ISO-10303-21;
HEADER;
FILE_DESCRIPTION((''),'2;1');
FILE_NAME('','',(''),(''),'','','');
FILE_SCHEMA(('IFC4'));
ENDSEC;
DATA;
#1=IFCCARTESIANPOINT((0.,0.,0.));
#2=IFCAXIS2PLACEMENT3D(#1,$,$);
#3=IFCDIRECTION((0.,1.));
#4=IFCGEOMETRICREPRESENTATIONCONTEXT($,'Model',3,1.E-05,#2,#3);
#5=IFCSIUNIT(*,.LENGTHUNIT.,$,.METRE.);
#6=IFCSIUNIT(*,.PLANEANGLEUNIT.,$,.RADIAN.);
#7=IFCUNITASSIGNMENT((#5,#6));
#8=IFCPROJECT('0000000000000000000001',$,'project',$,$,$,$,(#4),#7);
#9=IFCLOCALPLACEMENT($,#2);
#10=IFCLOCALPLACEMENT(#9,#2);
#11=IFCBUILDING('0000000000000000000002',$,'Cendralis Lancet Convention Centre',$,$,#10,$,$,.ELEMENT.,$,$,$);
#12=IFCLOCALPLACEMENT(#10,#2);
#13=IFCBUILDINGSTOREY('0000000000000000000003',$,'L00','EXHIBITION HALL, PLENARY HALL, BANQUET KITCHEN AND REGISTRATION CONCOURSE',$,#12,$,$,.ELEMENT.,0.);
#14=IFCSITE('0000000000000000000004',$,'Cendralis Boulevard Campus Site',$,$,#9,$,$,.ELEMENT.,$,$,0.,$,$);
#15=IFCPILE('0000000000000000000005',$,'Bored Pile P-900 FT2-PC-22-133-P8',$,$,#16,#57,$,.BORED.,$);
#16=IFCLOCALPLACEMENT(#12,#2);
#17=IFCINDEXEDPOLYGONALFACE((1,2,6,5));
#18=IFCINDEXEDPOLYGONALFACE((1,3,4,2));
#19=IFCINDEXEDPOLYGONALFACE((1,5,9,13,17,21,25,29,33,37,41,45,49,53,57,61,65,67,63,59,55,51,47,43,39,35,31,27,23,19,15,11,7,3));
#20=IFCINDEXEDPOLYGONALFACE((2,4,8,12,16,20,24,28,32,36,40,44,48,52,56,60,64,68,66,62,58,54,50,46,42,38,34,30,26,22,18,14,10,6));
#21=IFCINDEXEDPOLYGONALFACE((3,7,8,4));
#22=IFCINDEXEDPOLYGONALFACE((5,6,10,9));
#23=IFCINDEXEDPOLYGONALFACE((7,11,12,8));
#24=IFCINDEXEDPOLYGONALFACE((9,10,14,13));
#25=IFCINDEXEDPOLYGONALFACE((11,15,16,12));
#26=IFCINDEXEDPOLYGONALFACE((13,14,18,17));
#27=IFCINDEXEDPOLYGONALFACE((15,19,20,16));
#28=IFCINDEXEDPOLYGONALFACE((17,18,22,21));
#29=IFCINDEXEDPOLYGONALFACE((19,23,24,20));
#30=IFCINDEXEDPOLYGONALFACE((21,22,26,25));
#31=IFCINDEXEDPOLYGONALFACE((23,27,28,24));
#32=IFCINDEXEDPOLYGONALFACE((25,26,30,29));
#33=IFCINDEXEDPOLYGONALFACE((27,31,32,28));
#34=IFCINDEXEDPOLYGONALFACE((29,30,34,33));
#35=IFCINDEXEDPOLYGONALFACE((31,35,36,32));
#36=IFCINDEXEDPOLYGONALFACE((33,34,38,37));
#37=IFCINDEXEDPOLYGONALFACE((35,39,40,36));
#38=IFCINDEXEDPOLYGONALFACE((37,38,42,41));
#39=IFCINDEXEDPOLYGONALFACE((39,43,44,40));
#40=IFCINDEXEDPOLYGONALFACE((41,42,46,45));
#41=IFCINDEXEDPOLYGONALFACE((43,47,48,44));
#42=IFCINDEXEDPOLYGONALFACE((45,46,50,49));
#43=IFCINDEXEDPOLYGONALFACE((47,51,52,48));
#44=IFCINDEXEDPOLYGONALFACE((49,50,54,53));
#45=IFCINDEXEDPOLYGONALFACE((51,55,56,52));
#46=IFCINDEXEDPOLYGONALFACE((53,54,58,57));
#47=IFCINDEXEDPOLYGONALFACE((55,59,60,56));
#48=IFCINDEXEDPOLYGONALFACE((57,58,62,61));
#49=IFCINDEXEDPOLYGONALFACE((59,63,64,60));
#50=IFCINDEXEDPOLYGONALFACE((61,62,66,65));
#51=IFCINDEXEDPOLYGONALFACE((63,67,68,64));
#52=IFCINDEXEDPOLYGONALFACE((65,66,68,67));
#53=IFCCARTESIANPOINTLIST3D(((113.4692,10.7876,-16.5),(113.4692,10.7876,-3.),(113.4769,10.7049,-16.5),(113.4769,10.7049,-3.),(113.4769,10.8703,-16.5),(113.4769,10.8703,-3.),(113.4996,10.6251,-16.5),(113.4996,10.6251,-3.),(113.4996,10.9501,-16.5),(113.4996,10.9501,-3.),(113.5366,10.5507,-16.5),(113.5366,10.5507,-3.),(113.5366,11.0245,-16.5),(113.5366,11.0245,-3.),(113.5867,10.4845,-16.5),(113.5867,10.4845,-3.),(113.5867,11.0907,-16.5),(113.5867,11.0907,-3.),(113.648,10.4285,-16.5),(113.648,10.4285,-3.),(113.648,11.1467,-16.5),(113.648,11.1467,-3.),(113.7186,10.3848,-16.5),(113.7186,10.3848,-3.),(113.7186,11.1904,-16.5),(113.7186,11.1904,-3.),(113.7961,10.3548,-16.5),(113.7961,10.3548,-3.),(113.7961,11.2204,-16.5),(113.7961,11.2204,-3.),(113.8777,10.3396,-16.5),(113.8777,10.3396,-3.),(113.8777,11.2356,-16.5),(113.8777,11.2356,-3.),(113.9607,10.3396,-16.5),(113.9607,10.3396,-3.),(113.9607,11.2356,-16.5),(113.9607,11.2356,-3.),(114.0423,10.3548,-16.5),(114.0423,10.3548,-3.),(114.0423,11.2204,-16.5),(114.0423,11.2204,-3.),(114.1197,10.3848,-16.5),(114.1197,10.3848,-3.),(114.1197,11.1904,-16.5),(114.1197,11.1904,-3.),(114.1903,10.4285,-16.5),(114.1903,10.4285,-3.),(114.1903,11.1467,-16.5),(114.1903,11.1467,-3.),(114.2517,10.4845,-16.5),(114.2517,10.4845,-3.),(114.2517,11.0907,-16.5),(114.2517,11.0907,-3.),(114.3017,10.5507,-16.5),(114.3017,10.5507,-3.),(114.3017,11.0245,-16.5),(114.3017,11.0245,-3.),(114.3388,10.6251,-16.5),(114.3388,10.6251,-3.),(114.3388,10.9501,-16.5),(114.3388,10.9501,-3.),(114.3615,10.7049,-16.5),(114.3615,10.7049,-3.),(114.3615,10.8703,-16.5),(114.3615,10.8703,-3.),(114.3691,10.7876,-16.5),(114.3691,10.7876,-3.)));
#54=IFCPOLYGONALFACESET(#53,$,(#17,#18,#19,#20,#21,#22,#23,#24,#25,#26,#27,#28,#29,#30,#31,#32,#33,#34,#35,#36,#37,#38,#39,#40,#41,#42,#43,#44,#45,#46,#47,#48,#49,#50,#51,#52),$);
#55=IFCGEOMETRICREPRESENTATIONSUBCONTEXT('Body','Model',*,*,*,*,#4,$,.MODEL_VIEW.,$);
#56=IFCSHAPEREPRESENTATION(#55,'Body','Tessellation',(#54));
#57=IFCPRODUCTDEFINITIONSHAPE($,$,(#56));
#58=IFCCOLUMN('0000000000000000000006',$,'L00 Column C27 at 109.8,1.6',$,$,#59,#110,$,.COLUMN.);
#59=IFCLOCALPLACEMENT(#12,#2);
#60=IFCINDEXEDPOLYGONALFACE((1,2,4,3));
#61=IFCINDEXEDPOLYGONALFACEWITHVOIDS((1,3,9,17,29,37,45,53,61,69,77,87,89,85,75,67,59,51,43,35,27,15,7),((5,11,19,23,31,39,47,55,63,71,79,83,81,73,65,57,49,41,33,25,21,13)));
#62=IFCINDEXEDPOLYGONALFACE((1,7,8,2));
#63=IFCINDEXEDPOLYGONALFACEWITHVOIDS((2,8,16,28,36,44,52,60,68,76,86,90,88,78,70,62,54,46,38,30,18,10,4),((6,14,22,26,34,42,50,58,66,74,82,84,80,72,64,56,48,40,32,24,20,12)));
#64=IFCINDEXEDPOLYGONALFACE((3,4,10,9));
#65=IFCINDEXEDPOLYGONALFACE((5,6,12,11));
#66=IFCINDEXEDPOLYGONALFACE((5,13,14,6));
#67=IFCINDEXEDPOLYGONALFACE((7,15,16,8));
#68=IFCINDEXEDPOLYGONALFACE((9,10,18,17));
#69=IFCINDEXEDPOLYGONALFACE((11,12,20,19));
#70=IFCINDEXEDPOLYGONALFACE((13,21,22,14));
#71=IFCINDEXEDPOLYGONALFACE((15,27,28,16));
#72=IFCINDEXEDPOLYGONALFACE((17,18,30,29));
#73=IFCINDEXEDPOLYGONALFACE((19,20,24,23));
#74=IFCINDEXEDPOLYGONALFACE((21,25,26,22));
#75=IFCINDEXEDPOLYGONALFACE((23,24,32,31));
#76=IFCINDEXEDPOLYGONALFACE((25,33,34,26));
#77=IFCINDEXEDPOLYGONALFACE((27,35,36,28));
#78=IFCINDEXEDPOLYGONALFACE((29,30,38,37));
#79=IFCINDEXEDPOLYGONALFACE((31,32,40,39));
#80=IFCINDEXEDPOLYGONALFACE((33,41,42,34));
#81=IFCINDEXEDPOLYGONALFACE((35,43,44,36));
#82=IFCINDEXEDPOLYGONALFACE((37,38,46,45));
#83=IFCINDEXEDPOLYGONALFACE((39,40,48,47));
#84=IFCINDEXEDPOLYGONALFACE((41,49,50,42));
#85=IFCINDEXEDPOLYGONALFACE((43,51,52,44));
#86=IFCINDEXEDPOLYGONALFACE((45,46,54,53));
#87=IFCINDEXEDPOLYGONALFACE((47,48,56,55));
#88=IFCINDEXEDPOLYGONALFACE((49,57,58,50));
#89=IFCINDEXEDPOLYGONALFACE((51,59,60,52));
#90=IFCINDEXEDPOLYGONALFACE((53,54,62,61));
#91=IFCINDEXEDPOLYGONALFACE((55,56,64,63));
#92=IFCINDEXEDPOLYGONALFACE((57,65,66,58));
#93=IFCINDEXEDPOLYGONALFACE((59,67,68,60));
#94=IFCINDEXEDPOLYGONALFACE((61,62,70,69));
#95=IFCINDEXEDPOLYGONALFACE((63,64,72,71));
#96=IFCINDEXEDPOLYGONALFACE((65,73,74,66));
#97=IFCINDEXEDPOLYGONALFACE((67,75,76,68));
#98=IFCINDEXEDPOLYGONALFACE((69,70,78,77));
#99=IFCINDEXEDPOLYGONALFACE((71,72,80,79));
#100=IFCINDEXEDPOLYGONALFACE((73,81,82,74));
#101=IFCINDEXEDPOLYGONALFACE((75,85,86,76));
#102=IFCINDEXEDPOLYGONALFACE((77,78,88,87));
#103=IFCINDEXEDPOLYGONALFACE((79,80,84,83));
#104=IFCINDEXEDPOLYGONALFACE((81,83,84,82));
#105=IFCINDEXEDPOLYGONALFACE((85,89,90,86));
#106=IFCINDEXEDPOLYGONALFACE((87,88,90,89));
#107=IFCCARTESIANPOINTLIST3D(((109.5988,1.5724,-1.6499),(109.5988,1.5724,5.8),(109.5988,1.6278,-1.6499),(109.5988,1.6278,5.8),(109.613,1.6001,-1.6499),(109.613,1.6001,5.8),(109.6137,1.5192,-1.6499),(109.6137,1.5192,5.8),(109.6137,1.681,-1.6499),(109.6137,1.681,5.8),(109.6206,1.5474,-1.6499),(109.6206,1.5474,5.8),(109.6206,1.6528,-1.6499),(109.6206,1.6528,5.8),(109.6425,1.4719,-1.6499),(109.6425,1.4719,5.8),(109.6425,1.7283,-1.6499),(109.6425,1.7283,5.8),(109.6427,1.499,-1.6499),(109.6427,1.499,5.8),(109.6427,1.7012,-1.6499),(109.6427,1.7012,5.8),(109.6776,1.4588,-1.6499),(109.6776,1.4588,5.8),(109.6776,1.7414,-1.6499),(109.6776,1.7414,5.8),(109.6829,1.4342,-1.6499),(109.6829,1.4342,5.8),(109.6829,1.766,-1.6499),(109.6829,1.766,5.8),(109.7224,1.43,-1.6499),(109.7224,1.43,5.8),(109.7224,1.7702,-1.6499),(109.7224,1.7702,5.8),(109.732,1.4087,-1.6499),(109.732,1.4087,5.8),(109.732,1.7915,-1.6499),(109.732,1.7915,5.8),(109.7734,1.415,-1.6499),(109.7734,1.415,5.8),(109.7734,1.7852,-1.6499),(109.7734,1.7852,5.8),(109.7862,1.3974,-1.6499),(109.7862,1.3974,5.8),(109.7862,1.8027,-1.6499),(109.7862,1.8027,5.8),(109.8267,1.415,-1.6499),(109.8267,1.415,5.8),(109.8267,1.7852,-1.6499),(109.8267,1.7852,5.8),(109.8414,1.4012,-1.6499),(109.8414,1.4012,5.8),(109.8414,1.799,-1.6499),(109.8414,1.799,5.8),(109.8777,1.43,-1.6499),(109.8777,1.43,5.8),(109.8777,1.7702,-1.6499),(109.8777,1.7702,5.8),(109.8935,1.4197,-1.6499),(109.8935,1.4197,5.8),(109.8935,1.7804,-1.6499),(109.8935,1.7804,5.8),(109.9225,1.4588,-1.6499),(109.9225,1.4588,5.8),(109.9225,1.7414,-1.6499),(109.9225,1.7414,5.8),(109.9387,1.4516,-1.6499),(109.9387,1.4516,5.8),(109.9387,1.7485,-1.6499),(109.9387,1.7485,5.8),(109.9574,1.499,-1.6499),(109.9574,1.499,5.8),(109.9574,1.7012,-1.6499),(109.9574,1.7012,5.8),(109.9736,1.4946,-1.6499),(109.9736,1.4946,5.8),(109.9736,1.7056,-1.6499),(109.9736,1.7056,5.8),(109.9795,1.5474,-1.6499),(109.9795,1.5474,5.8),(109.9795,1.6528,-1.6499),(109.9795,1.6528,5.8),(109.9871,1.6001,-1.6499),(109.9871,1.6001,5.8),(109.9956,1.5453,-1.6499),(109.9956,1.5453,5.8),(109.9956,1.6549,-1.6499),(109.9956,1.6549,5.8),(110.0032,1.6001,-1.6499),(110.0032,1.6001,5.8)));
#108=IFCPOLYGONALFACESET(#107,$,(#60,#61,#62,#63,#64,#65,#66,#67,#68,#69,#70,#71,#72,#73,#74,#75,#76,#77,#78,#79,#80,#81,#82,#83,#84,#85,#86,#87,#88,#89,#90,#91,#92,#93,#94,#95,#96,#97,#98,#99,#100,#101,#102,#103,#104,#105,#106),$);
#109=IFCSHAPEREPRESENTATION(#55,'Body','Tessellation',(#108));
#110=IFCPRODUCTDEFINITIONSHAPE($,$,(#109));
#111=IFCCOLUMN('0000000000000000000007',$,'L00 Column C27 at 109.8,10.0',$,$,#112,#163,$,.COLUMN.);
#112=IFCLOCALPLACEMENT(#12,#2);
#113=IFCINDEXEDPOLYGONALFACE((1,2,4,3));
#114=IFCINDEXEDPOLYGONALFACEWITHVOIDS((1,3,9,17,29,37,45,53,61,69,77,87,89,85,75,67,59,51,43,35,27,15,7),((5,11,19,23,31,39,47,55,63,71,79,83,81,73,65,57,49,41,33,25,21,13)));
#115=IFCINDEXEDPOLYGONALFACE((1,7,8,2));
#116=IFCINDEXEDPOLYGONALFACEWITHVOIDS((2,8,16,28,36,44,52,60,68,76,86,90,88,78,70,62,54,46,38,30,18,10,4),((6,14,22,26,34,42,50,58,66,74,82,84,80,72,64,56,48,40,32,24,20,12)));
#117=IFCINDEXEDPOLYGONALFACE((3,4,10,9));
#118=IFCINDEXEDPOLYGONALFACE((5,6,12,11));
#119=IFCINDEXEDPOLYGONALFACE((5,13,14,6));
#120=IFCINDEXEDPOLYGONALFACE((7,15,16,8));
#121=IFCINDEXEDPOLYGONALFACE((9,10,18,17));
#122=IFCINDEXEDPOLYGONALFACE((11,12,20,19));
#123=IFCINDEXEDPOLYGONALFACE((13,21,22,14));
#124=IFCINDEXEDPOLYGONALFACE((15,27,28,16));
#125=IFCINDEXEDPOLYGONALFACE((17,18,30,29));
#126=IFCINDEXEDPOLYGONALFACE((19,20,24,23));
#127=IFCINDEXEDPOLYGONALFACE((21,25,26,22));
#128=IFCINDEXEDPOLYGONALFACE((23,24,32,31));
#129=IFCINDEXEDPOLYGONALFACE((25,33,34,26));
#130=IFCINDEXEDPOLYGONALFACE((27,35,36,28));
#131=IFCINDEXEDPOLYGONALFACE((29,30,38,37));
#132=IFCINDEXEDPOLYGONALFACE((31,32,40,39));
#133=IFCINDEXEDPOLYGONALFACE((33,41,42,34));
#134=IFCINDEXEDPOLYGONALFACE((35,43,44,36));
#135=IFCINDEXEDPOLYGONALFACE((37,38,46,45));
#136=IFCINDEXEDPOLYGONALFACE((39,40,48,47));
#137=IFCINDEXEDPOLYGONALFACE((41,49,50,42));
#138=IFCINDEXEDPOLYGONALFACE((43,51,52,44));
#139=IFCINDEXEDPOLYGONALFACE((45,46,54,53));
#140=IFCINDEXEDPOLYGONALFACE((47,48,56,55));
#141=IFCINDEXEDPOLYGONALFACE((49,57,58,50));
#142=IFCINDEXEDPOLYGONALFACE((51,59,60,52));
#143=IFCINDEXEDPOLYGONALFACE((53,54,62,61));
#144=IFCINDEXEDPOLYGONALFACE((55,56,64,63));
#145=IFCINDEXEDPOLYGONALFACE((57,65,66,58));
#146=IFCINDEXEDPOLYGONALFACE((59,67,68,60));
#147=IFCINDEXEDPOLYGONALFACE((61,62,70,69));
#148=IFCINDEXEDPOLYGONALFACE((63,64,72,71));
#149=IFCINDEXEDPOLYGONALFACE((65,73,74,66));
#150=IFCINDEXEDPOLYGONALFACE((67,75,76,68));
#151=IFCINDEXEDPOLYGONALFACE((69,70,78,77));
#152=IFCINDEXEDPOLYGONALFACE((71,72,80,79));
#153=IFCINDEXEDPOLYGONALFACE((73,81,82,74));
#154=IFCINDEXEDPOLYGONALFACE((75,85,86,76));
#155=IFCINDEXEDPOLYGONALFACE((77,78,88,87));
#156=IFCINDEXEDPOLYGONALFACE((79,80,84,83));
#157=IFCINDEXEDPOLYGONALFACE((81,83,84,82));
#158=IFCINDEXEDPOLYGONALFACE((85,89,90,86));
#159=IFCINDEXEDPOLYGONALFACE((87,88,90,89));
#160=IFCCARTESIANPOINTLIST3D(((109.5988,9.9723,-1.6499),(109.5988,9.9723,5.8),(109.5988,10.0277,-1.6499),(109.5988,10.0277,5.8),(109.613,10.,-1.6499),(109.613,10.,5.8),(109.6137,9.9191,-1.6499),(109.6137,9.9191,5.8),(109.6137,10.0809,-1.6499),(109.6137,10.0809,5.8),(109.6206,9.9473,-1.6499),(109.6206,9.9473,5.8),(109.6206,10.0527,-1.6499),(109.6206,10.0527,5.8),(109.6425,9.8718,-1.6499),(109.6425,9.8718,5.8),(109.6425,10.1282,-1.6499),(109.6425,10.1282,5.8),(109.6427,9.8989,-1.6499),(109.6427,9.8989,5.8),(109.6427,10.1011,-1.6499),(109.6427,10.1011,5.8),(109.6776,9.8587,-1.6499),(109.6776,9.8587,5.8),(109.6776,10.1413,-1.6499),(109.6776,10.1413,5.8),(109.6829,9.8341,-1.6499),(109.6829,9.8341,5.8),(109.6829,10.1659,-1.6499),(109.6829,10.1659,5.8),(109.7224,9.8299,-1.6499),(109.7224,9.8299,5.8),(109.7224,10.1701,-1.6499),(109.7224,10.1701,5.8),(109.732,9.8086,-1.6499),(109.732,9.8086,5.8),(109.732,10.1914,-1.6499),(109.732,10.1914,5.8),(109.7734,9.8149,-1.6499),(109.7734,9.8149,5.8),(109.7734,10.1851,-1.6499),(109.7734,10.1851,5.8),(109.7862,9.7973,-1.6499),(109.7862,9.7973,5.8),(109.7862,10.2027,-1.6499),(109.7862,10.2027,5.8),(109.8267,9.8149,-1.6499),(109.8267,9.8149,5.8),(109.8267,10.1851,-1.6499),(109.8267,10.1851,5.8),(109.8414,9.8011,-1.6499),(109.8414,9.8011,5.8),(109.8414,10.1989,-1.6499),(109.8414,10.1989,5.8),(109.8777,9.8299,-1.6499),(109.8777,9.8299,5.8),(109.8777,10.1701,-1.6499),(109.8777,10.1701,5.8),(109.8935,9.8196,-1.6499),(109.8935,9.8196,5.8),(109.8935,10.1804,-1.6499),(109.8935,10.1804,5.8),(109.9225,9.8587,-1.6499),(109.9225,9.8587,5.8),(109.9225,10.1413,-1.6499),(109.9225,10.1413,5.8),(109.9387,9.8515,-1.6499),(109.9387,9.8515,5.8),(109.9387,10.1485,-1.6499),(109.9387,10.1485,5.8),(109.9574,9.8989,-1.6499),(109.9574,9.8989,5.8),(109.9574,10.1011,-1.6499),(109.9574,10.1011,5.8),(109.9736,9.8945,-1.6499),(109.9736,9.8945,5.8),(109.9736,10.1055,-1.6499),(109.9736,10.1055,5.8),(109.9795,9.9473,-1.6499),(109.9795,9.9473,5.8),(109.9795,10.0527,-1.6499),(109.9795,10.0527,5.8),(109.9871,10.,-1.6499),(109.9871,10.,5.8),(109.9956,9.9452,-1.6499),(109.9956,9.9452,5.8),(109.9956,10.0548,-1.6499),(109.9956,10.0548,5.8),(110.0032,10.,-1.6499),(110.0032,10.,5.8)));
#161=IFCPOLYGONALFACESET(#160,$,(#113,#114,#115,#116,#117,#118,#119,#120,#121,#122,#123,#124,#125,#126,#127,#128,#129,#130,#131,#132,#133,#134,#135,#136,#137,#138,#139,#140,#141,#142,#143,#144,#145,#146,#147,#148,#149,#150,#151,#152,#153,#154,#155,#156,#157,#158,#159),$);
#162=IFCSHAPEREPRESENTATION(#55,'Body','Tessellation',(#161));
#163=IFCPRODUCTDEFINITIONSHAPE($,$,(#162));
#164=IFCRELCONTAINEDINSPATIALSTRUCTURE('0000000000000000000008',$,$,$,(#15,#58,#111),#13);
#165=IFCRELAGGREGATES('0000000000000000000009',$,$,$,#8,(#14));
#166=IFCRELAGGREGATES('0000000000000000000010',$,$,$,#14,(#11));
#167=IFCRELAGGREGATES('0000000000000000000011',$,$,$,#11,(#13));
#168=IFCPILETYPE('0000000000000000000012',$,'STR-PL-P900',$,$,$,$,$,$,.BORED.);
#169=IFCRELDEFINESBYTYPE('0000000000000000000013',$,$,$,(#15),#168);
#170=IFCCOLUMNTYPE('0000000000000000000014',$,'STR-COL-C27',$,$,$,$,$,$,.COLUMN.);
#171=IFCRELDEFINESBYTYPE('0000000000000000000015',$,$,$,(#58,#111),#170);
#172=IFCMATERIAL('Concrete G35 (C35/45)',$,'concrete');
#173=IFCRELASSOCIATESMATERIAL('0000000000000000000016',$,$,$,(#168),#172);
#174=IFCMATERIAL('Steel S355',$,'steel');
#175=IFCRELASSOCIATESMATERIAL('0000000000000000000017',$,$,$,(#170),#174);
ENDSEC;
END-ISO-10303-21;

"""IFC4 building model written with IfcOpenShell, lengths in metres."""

from ifc_helpers import new_model, si_unit, direction, frame, origin, origin_2d, place, context, subcontext, project, spatial, circle, hollow_circle, extrude, material, material_profile, profile_set, type_object, element, save


model = new_model("IFC4")

# Units and contexts
model_context = context("Model", 3, precision=1e-05, world=origin(), true_north=direction((0.0, 1.0)))
body_context = subcontext(model_context, "Body", "Model", "MODEL_VIEW")
ifc_project = project(units=[si_unit("LENGTHUNIT", "METRE"), si_unit("PLANEANGLEUNIT", "RADIAN")], contexts=[model_context])

# Site, building, storey
site_placement = place(None, origin())
site = spatial("IfcSite", under=ifc_project, at=site_placement, Name="Cendralis Boulevard Campus Site", CompositionType="ELEMENT", RefElevation=0.0)
building_placement = place(site_placement, origin())
building = spatial("IfcBuilding", under=site, at=building_placement, Name="Cendralis Lancet Convention Centre", CompositionType="ELEMENT")
storey_placement = place(building_placement, origin())
storey = spatial("IfcBuildingStorey", under=building, at=storey_placement, Name="L00", Description="EXHIBITION HALL, PLENARY HALL, BANQUET KITCHEN AND REGISTRATION CONCOURSE", CompositionType="ELEMENT", Elevation=0.0)

# Shared definitions
ifc_material_1 = material(Name="Concrete G35 (C35/45)", Category="concrete")

# Pile
ifc_material_profile_1 = material_profile(ifc_material_1, circle(Radius=0.45, at=origin_2d()), Name="BORED PILE D900")
ifc_profile_set_1 = profile_set([ifc_material_profile_1], Name="Concrete G35 (C35/45)")
pile_type_1 = type_object("IfcPileType", Name="STR-PL-P900", PredefinedType="BORED", material=ifc_profile_set_1)
for number, where, z_axis, x_axis, name in (
    (1, (113.9192, 10.7876, -3.0), (0.0, 0.0, -1.0), (1.0, 0.0, 0.0), "Bored Pile P-900 FT2-PC-22-133-P8"),
):
    element("IfcPile", number, at=place(storey_placement, frame(where, z_axis=z_axis, x_axis=x_axis)), inside=storey, type_object=pile_type_1, Name=name, PredefinedType="BORED", context=body_context, shape_type="SweptSolid", body=[
        extrude(circle(Radius=0.45, at=origin_2d()), origin(), (0.0, 0.0, 1.0), 13.5),
    ])

# Columns
ifc_material_2 = material(Name="Steel S355", Category="steel")
ifc_material_profile_2 = material_profile(ifc_material_2, hollow_circle(Radius=0.2031, WallThickness=0.0161, at=origin_2d()), Name="CHS 406.4x16.0")
ifc_profile_set_2 = profile_set([ifc_material_profile_2], Name="Steel S355")
column_type = type_object("IfcColumnType", Name="STR-COL-C27", PredefinedType="COLUMN", material=ifc_profile_set_2)
for number, where, z_axis, x_axis, name in (
    (2, (109.8, 1.6001, -1.6499), (0.0, 0.0, 1.0), (1.0, 0.0, 0.0), "L00 Column C27 at 109.8,1.6"),
    (3, (109.8, 10.0, -1.6499), (0.0, 0.0, 1.0), (1.0, 0.0, 0.0), "L00 Column C27 at 109.8,10.0"),
):
    element("IfcColumn", number, at=place(storey_placement, frame(where, z_axis=z_axis, x_axis=x_axis)), inside=storey, type_object=column_type, Name=name, PredefinedType="COLUMN", context=body_context, shape_type="SweptSolid", body=[
        extrude(hollow_circle(Radius=0.2031, WallThickness=0.0161, at=origin_2d()), origin(), (0.0, 0.0, 1.0), 7.45),
    ])

save(model, "model.ifc")
